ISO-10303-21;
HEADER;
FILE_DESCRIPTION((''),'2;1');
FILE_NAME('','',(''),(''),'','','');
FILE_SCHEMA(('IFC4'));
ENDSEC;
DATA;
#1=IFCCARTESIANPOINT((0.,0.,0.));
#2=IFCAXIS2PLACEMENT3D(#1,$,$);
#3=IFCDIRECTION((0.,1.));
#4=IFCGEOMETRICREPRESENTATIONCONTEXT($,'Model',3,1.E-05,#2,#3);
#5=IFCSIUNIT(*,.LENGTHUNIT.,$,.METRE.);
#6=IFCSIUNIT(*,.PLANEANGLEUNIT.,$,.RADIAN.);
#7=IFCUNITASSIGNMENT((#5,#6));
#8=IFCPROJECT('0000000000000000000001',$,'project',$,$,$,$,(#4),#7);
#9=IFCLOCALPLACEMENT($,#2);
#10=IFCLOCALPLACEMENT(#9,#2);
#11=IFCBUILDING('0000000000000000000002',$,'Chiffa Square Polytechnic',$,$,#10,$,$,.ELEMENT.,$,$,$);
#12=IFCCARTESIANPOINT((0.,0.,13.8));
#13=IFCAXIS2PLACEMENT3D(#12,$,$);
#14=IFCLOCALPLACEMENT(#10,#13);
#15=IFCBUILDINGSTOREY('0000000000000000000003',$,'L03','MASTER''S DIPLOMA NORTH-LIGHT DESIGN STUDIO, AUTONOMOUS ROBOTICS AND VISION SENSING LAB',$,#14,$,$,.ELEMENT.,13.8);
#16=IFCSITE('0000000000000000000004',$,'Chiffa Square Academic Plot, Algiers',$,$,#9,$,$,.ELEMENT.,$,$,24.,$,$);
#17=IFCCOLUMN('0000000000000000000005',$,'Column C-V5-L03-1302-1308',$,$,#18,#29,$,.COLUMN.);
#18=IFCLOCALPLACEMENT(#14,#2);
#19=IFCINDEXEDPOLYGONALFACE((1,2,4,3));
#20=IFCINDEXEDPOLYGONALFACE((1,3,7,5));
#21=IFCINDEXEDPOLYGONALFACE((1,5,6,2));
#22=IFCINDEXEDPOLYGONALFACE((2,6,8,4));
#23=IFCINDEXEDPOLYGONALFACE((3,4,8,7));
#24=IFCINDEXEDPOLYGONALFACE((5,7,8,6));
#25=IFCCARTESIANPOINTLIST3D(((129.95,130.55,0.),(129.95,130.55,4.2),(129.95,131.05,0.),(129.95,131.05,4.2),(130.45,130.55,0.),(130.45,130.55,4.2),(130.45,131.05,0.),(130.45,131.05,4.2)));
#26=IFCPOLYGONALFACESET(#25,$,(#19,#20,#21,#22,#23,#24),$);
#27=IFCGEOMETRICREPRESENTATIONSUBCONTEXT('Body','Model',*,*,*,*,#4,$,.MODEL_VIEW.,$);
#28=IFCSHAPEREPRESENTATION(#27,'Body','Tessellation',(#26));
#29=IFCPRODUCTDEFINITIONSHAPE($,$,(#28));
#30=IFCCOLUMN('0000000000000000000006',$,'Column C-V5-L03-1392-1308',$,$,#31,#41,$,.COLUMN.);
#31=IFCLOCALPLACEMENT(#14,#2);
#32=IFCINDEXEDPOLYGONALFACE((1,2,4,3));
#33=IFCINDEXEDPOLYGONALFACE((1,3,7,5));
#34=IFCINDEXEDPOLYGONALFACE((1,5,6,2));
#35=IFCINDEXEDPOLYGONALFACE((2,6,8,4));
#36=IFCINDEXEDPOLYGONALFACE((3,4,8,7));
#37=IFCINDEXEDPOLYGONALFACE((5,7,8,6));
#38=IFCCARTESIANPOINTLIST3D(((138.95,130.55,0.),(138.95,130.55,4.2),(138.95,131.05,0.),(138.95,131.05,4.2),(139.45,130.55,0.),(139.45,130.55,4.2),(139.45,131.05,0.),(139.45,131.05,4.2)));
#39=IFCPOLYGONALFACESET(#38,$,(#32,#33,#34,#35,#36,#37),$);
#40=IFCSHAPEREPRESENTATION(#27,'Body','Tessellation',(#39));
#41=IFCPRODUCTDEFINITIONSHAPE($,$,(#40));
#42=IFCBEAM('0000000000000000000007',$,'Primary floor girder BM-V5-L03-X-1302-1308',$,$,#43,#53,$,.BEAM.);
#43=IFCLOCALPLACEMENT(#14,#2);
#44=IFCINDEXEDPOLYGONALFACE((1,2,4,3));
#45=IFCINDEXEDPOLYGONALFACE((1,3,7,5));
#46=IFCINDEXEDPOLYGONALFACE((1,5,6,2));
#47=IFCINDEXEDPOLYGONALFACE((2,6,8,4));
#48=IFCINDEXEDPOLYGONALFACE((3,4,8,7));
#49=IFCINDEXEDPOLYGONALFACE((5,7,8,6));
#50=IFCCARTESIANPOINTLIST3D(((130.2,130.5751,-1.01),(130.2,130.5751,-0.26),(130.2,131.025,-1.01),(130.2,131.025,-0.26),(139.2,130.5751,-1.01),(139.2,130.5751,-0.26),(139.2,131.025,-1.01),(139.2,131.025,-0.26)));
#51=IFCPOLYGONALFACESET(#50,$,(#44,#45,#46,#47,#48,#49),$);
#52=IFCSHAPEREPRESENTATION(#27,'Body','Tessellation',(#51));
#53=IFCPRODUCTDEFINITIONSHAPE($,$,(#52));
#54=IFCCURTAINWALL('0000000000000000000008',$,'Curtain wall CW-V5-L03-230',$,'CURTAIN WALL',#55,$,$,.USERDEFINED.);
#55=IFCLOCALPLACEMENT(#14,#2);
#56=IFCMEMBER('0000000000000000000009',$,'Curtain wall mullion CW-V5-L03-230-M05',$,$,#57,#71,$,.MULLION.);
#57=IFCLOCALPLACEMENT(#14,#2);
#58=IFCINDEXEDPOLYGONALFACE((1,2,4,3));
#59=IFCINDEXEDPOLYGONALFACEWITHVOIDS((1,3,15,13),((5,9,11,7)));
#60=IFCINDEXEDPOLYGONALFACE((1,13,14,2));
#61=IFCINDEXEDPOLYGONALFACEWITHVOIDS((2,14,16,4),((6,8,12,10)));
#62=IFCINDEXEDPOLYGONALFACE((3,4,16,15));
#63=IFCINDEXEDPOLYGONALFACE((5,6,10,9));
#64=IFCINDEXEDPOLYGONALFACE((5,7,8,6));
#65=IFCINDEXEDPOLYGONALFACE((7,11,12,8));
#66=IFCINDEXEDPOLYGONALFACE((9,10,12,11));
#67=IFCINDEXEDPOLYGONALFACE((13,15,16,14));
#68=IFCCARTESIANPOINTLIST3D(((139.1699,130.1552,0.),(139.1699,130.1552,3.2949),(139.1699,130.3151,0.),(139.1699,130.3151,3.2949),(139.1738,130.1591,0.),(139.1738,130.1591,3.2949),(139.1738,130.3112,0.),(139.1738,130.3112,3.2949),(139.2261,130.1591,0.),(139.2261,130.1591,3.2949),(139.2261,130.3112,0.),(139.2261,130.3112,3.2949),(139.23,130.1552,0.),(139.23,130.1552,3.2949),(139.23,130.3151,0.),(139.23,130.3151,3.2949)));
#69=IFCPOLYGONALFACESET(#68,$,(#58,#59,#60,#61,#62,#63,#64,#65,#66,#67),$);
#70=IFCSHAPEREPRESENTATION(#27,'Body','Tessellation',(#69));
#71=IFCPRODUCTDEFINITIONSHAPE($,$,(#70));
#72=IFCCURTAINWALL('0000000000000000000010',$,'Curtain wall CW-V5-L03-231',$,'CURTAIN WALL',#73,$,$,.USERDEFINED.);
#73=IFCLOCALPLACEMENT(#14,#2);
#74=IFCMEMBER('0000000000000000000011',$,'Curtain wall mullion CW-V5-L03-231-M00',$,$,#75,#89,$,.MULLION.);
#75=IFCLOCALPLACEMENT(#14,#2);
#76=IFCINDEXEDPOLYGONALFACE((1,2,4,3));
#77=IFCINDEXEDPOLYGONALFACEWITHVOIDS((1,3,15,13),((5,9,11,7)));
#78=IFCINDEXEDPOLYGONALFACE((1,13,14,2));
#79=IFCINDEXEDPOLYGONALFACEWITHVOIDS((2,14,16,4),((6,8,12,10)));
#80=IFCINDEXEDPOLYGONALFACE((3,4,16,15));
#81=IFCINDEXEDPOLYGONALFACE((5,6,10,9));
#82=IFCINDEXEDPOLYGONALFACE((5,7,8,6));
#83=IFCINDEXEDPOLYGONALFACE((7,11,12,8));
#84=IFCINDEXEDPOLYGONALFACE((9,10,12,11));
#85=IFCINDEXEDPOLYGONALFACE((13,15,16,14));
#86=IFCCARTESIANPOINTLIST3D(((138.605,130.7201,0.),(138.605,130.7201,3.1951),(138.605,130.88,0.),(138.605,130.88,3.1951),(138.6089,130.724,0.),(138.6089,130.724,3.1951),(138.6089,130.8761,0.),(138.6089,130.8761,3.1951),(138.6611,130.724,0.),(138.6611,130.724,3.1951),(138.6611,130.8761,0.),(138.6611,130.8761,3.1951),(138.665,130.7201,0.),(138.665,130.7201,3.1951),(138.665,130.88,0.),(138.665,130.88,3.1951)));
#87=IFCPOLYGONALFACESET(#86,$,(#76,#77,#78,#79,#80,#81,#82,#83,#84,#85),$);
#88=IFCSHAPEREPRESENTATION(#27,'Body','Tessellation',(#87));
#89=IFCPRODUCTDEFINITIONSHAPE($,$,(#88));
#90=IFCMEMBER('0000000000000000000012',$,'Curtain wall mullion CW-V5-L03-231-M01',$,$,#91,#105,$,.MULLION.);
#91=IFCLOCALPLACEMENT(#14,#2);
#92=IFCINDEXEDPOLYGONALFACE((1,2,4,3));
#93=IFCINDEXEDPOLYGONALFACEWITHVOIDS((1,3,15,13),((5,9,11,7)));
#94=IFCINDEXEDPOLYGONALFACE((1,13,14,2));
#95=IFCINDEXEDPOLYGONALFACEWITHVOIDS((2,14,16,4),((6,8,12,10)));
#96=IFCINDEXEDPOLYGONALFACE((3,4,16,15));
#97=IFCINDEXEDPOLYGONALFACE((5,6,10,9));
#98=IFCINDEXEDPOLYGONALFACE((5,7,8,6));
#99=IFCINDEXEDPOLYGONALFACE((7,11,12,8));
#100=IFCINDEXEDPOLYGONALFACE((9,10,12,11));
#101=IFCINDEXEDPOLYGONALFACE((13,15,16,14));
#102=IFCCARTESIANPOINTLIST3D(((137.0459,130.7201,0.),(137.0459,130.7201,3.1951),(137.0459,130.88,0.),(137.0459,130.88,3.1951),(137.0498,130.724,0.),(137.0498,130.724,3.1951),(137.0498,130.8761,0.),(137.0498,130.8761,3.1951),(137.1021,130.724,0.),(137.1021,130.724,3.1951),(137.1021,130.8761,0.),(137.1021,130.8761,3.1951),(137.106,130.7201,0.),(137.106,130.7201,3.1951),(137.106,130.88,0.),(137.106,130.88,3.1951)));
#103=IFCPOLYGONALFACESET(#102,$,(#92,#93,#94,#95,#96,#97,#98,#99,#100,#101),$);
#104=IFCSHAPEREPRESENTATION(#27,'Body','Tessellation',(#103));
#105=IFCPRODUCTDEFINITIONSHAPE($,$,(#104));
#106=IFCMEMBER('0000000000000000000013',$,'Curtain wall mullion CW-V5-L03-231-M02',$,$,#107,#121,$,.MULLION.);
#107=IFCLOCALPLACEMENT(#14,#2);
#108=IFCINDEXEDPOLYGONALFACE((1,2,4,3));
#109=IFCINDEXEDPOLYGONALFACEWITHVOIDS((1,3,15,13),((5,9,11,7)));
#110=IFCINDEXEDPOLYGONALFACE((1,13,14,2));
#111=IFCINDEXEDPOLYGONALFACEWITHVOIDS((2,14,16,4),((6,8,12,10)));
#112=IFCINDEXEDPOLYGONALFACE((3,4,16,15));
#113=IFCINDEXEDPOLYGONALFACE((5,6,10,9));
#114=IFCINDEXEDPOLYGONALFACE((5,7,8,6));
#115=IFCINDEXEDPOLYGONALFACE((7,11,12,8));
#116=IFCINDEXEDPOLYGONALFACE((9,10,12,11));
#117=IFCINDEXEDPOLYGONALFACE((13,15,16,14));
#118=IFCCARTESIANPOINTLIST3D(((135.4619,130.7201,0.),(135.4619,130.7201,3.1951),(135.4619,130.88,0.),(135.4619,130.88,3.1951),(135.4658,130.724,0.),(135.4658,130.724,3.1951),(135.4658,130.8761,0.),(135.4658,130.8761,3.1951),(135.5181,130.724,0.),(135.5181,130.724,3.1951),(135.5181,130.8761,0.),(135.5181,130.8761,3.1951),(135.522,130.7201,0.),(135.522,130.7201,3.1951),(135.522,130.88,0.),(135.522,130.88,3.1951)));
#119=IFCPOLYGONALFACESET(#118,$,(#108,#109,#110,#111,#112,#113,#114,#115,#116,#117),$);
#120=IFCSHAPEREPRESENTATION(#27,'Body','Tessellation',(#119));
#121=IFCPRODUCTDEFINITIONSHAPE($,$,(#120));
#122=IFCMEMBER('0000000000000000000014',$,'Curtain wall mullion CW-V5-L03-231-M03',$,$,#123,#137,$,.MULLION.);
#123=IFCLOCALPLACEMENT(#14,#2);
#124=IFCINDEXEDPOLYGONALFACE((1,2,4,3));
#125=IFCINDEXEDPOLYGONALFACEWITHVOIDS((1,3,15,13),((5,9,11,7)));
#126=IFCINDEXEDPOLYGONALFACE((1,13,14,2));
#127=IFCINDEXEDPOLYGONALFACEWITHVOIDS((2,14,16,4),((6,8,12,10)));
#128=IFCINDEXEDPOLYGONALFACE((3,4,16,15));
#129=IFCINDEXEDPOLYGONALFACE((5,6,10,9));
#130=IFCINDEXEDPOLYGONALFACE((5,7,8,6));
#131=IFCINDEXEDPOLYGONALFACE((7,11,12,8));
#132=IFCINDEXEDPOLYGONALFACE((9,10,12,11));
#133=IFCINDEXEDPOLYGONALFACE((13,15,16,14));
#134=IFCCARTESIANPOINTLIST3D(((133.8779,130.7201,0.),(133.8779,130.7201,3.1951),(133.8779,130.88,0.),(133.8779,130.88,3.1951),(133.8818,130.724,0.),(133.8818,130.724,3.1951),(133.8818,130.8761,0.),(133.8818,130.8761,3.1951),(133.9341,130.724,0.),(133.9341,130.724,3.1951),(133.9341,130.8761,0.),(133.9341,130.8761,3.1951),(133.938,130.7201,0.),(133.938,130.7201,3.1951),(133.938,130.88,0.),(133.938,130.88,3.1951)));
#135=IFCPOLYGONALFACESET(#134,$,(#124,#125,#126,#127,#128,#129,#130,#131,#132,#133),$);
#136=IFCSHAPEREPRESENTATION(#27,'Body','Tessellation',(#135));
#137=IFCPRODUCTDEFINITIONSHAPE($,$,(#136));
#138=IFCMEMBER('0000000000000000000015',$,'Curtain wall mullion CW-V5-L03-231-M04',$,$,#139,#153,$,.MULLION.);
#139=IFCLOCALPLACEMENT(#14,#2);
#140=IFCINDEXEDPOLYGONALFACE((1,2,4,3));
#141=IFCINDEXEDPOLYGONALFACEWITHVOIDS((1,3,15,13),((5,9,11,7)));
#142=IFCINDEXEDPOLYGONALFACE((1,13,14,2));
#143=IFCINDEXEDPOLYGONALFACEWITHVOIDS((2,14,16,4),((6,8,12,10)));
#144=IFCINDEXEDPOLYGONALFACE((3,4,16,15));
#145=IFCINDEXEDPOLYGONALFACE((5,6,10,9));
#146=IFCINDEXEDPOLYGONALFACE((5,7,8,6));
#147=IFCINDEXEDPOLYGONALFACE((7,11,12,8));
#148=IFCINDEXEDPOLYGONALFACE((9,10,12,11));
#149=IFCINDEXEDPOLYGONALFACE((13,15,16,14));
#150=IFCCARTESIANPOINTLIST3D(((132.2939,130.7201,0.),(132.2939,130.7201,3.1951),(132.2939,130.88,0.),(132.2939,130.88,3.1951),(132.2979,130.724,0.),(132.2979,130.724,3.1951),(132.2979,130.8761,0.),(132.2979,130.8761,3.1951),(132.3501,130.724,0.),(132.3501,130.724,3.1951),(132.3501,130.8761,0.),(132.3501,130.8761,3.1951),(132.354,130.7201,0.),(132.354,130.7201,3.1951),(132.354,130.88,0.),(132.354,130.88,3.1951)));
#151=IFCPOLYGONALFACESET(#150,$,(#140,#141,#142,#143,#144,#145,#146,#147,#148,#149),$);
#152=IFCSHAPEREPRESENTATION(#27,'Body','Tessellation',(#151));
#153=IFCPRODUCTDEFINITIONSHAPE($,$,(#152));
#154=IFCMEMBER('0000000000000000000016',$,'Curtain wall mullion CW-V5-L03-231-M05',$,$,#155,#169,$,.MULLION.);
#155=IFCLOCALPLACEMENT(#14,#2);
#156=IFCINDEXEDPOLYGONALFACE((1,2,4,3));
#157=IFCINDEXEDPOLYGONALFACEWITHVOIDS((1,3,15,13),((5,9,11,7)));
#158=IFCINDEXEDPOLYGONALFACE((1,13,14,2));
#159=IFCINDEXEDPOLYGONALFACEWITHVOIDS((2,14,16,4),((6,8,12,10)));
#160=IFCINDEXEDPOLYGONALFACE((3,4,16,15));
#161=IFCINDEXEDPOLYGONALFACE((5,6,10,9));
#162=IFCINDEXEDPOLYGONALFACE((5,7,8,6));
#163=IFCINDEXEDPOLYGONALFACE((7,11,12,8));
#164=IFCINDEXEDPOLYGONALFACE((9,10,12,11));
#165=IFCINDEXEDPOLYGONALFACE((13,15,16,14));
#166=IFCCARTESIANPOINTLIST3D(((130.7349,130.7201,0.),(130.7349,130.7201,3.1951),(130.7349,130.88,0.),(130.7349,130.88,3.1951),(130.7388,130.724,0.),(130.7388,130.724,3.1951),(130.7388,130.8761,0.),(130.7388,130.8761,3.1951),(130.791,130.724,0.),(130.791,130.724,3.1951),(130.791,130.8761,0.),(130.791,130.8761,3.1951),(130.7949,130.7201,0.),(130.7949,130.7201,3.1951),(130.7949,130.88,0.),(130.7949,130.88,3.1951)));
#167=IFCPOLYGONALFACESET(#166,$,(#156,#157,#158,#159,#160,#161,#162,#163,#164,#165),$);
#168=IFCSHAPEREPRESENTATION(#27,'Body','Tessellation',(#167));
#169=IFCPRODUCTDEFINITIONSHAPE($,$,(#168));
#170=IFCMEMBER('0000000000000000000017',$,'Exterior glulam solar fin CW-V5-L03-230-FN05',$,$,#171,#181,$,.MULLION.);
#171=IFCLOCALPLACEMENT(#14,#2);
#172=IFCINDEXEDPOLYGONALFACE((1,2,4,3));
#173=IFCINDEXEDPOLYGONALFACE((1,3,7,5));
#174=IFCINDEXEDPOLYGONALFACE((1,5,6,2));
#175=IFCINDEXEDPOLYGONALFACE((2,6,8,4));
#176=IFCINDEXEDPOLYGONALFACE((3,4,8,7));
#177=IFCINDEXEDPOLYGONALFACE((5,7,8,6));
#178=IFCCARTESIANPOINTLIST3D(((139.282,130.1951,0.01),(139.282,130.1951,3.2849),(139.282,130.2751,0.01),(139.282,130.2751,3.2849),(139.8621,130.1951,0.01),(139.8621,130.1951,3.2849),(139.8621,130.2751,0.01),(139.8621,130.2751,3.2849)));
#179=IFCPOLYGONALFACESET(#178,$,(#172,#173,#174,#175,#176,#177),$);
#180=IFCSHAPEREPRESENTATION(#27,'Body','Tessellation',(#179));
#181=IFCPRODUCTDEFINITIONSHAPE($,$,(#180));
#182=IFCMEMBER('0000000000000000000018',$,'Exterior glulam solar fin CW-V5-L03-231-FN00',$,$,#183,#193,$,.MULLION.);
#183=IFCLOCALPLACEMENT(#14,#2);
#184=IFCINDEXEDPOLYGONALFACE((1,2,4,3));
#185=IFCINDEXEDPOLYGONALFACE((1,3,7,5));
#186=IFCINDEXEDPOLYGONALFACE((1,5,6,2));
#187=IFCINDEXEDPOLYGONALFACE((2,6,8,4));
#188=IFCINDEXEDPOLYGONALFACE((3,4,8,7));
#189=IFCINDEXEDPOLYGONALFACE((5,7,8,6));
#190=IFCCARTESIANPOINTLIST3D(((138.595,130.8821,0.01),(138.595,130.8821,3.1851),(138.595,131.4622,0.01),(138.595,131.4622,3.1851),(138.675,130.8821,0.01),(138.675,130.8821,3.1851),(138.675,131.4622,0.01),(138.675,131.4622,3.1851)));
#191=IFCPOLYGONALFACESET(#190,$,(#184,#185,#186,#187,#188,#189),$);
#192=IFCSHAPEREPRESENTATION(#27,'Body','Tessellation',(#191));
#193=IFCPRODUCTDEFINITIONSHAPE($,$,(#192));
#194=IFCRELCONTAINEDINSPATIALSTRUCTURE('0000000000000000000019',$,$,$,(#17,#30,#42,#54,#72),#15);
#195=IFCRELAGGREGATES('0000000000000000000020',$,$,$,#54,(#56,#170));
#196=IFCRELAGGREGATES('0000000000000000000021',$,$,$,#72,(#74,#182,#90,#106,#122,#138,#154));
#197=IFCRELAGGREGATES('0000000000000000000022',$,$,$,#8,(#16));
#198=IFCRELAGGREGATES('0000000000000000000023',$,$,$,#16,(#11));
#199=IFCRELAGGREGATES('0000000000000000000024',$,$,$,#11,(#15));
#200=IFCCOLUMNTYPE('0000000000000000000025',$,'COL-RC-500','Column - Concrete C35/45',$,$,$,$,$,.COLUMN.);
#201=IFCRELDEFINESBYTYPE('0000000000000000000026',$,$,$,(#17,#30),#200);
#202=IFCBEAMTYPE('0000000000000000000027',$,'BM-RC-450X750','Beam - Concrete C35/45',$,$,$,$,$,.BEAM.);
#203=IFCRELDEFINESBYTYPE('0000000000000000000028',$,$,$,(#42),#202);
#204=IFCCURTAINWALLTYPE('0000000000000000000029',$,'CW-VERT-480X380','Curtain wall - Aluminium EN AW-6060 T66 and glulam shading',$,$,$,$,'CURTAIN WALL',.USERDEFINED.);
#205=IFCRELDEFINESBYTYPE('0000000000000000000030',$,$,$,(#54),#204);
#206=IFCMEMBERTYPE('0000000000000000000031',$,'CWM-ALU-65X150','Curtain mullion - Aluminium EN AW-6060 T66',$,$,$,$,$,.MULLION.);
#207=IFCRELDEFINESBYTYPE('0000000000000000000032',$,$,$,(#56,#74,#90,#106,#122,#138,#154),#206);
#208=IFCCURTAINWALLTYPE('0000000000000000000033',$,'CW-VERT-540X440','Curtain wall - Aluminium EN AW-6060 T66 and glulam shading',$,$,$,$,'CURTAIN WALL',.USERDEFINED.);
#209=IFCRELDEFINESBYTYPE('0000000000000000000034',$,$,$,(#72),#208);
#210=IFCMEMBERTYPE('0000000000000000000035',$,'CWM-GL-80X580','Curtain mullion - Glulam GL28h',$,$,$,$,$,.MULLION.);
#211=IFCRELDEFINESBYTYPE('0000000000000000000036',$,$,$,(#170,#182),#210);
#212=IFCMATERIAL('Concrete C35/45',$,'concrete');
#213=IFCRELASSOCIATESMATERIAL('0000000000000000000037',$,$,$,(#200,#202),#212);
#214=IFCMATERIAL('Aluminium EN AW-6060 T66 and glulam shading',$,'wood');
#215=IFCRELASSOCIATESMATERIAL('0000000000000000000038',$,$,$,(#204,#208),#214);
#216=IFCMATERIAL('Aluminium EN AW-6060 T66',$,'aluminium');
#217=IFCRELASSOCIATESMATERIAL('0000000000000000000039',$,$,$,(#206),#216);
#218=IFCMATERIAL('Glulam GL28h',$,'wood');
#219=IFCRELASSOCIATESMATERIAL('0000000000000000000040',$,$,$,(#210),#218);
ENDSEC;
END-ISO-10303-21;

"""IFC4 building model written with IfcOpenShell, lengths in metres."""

from ifc_helpers import new_model, si_unit, direction, frame, origin, origin_2d, place, context, subcontext, project, spatial, rectangle, hollow_rectangle, extrude, material, material_profile, profile_set, type_object, element, aggregate, save


model = new_model("IFC4")

# Units and contexts
model_context = context("Model", 3, precision=1e-05, world=origin(), true_north=direction((0.0, 1.0)))
body_context = subcontext(model_context, "Body", "Model", "MODEL_VIEW")
ifc_project = project(units=[si_unit("LENGTHUNIT", "METRE"), si_unit("PLANEANGLEUNIT", "RADIAN")], contexts=[model_context])

# Site, building, storey
site_placement = place(None, origin())
site = spatial("IfcSite", under=ifc_project, at=site_placement, Name="Chiffa Square Academic Plot, Algiers", CompositionType="ELEMENT", RefElevation=24.0)
building_placement = place(site_placement, origin())
building = spatial("IfcBuilding", under=site, at=building_placement, Name="Chiffa Square Polytechnic", CompositionType="ELEMENT")
storey_placement = place(building_placement, frame((0.0, 0.0, 13.8)))
storey = spatial("IfcBuildingStorey", under=building, at=storey_placement, Name="L03", Description="MASTER'S DIPLOMA NORTH-LIGHT DESIGN STUDIO, AUTONOMOUS ROBOTICS AND VISION SENSING LAB", CompositionType="ELEMENT", Elevation=13.8)

# Columns
ifc_material_1 = material(Name="Concrete C35/45", Category="concrete")
ifc_material_profile_1 = material_profile(ifc_material_1, rectangle(XDim=0.5, YDim=0.5, at=origin_2d()), Name="RC 500x500")
ifc_profile_set_1 = profile_set([ifc_material_profile_1], Name="Concrete C35/45")
column_type = type_object("IfcColumnType", Name="COL-RC-500", Description="Column - Concrete C35/45", PredefinedType="COLUMN", material=ifc_profile_set_1)
for number, where, z_axis, x_axis, name in (
    (1, (130.2, 130.8, 0.0), (0.0, 0.0, 1.0), (1.0, 0.0, 0.0), "Column C-V5-L03-1302-1308"),
    (2, (139.2, 130.8, 0.0), (0.0, 0.0, 1.0), (1.0, 0.0, 0.0), "Column C-V5-L03-1392-1308"),
):
    element("IfcColumn", number, at=place(storey_placement, frame(where, z_axis=z_axis, x_axis=x_axis)), inside=storey, type_object=column_type, Name=name, PredefinedType="COLUMN", context=body_context, shape_type="SweptSolid", body=[
        extrude(rectangle(XDim=0.5, YDim=0.5, at=origin_2d()), origin(), (0.0, 0.0, 1.0), 4.2),
    ])

# Beam
ifc_material_profile_2 = material_profile(ifc_material_1, rectangle(XDim=0.45, YDim=0.75, at=origin_2d()), Name="RC 450x750")
ifc_profile_set_2 = profile_set([ifc_material_profile_2], Name="Concrete C35/45")
beam_type = type_object("IfcBeamType", Name="BM-RC-450X750", Description="Beam - Concrete C35/45", PredefinedType="BEAM", material=ifc_profile_set_2)
beam_placement = place(storey_placement, frame((130.2, 130.8, -0.635), z_axis=(1.0, 0.0, 0.0), x_axis=(0.0, 1.0, 0.0)))
element("IfcBeam", 3, at=beam_placement, inside=storey, type_object=beam_type, Name="Primary floor girder BM-V5-L03-X-1302-1308", PredefinedType="BEAM", context=body_context, shape_type="SweptSolid", body=[
    extrude(rectangle(XDim=0.45, YDim=0.75, at=origin_2d()), origin(), (0.0, 0.0, 1.0), 9.0),
])

# Curtain wall, member
ifc_material_2 = material(Name="Aluminium EN AW-6060 T66 and glulam shading", Category="wood")
curtain_wall_type_1 = type_object("IfcCurtainWallType", Name="CW-VERT-480X380", Description="Curtain wall - Aluminium EN AW-6060 T66 and glulam shading", ElementType="CURTAIN WALL", PredefinedType="USERDEFINED", material=ifc_material_2)
curtain_wall_1_placement = place(storey_placement, origin())
curtain_wall_1 = element("IfcCurtainWall", 4, at=curtain_wall_1_placement, inside=storey, type_object=curtain_wall_type_1, Name="Curtain wall CW-V5-L03-230", ObjectType="CURTAIN WALL", PredefinedType="USERDEFINED")
ifc_material_3 = material(Name="Aluminium EN AW-6060 T66", Category="aluminium")
ifc_material_profile_3 = material_profile(ifc_material_3, hollow_rectangle(XDim=0.0601, YDim=0.1599, WallThickness=0.0039, at=origin_2d()), Name="ALU 60x160x4")
ifc_profile_set_3 = profile_set([ifc_material_profile_3], Name="Aluminium EN AW-6060 T66")
member_type_1 = type_object("IfcMemberType", Name="CWM-ALU-65X150", Description="Curtain mullion - Aluminium EN AW-6060 T66", PredefinedType="MULLION", material=ifc_profile_set_3)
member_1_placement = place(storey_placement, frame((139.2, 130.2351, 0.0), z_axis=(0.0, 0.0, 1.0), x_axis=(1.0, 0.0, 0.0)))
member_1 = element("IfcMember", 5, at=member_1_placement, type_object=member_type_1, Name="Curtain wall mullion CW-V5-L03-230-M05", PredefinedType="MULLION", context=body_context, shape_type="SweptSolid", body=[
    extrude(hollow_rectangle(XDim=0.0601, YDim=0.1599, WallThickness=0.0039, at=origin_2d()), origin(), (0.0, 0.0, 1.0), 3.2949),
])

# Curtain wall, members
curtain_wall_type_2 = type_object("IfcCurtainWallType", Name="CW-VERT-540X440", Description="Curtain wall - Aluminium EN AW-6060 T66 and glulam shading", ElementType="CURTAIN WALL", PredefinedType="USERDEFINED", material=ifc_material_2)
curtain_wall_2_placement = place(storey_placement, origin())
curtain_wall_2 = element("IfcCurtainWall", 6, at=curtain_wall_2_placement, inside=storey, type_object=curtain_wall_type_2, Name="Curtain wall CW-V5-L03-231", ObjectType="CURTAIN WALL", PredefinedType="USERDEFINED")
member_2_placement = place(storey_placement, frame((138.635, 130.8, 0.0), z_axis=(0.0, 0.0, 1.0), x_axis=(1.0, 0.0, 0.0)))
member_2 = element("IfcMember", 7, at=member_2_placement, type_object=member_type_1, Name="Curtain wall mullion CW-V5-L03-231-M00", PredefinedType="MULLION", context=body_context, shape_type="SweptSolid", body=[
    extrude(hollow_rectangle(XDim=0.0601, YDim=0.1599, WallThickness=0.0039, at=origin_2d()), origin(), (0.0, 0.0, 1.0), 3.1951),
])
member_3_placement = place(storey_placement, frame((137.0759, 130.8, 0.0), z_axis=(0.0, 0.0, 1.0), x_axis=(1.0, 0.0, 0.0)))
member_3 = element("IfcMember", 8, at=member_3_placement, type_object=member_type_1, Name="Curtain wall mullion CW-V5-L03-231-M01", PredefinedType="MULLION", context=body_context, shape_type="SweptSolid", body=[
    extrude(hollow_rectangle(XDim=0.0601, YDim=0.1599, WallThickness=0.0039, at=origin_2d()), origin(), (0.0, 0.0, 1.0), 3.1951),
])
member_4_placement = place(storey_placement, frame((135.4919, 130.8, 0.0), z_axis=(0.0, 0.0, 1.0), x_axis=(1.0, 0.0, 0.0)))
member_4 = element("IfcMember", 9, at=member_4_placement, type_object=member_type_1, Name="Curtain wall mullion CW-V5-L03-231-M02", PredefinedType="MULLION", context=body_context, shape_type="SweptSolid", body=[
    extrude(hollow_rectangle(XDim=0.0601, YDim=0.1599, WallThickness=0.0039, at=origin_2d()), origin(), (0.0, 0.0, 1.0), 3.1951),
])
member_5_placement = place(storey_placement, frame((133.908, 130.8, 0.0), z_axis=(0.0, 0.0, 1.0), x_axis=(1.0, 0.0, 0.0)))
member_5 = element("IfcMember", 10, at=member_5_placement, type_object=member_type_1, Name="Curtain wall mullion CW-V5-L03-231-M03", PredefinedType="MULLION", context=body_context, shape_type="SweptSolid", body=[
    extrude(hollow_rectangle(XDim=0.0601, YDim=0.1599, WallThickness=0.0039, at=origin_2d()), origin(), (0.0, 0.0, 1.0), 3.1951),
])
member_6_placement = place(storey_placement, frame((132.324, 130.8, 0.0), z_axis=(0.0, 0.0, 1.0), x_axis=(1.0, 0.0, 0.0)))
member_6 = element("IfcMember", 11, at=member_6_placement, type_object=member_type_1, Name="Curtain wall mullion CW-V5-L03-231-M04", PredefinedType="MULLION", context=body_context, shape_type="SweptSolid", body=[
    extrude(hollow_rectangle(XDim=0.0601, YDim=0.1599, WallThickness=0.0039, at=origin_2d()), origin(), (0.0, 0.0, 1.0), 3.1951),
])
member_7_placement = place(storey_placement, frame((130.7649, 130.8, 0.0), z_axis=(0.0, 0.0, 1.0), x_axis=(1.0, 0.0, 0.0)))
member_7 = element("IfcMember", 12, at=member_7_placement, type_object=member_type_1, Name="Curtain wall mullion CW-V5-L03-231-M05", PredefinedType="MULLION", context=body_context, shape_type="SweptSolid", body=[
    extrude(hollow_rectangle(XDim=0.0601, YDim=0.1599, WallThickness=0.0039, at=origin_2d()), origin(), (0.0, 0.0, 1.0), 3.1951),
])

# Members
ifc_material_4 = material(Name="Glulam GL28h", Category="wood")
ifc_material_profile_4 = material_profile(ifc_material_4, rectangle(XDim=0.0801, YDim=0.5801, at=origin_2d()), Name="GL28h 80x580")
ifc_profile_set_4 = profile_set([ifc_material_profile_4], Name="Glulam GL28h")
member_type_2 = type_object("IfcMemberType", Name="CWM-GL-80X580", Description="Curtain mullion - Glulam GL28h", PredefinedType="MULLION", material=ifc_profile_set_4)
member_8_placement = place(storey_placement, frame((139.572, 130.2351, 0.01), z_axis=(0.0, 0.0, 1.0), x_axis=(0.0, 1.0, 0.0)))
member_8 = element("IfcMember", 13, at=member_8_placement, type_object=member_type_2, Name="Exterior glulam solar fin CW-V5-L03-230-FN05", PredefinedType="MULLION", context=body_context, shape_type="SweptSolid", body=[
    extrude(rectangle(XDim=0.0801, YDim=0.5801, at=origin_2d()), origin(), (0.0, 0.0, 1.0), 3.2749),
])
aggregate(curtain_wall_1, [member_1, member_8])
member_9_placement = place(storey_placement, frame((138.635, 131.1721, 0.01), z_axis=(0.0, 0.0, 1.0), x_axis=(-1.0, 0.0, 0.0)))
member_9 = element("IfcMember", 14, at=member_9_placement, type_object=member_type_2, Name="Exterior glulam solar fin CW-V5-L03-231-FN00", PredefinedType="MULLION", context=body_context, shape_type="SweptSolid", body=[
    extrude(rectangle(XDim=0.0801, YDim=0.5801, at=origin_2d()), origin(), (0.0, 0.0, 1.0), 3.175),
])

aggregate(curtain_wall_2, [member_2, member_9, member_3, member_4, member_5, member_6, member_7])

save(model, "model.ifc")
